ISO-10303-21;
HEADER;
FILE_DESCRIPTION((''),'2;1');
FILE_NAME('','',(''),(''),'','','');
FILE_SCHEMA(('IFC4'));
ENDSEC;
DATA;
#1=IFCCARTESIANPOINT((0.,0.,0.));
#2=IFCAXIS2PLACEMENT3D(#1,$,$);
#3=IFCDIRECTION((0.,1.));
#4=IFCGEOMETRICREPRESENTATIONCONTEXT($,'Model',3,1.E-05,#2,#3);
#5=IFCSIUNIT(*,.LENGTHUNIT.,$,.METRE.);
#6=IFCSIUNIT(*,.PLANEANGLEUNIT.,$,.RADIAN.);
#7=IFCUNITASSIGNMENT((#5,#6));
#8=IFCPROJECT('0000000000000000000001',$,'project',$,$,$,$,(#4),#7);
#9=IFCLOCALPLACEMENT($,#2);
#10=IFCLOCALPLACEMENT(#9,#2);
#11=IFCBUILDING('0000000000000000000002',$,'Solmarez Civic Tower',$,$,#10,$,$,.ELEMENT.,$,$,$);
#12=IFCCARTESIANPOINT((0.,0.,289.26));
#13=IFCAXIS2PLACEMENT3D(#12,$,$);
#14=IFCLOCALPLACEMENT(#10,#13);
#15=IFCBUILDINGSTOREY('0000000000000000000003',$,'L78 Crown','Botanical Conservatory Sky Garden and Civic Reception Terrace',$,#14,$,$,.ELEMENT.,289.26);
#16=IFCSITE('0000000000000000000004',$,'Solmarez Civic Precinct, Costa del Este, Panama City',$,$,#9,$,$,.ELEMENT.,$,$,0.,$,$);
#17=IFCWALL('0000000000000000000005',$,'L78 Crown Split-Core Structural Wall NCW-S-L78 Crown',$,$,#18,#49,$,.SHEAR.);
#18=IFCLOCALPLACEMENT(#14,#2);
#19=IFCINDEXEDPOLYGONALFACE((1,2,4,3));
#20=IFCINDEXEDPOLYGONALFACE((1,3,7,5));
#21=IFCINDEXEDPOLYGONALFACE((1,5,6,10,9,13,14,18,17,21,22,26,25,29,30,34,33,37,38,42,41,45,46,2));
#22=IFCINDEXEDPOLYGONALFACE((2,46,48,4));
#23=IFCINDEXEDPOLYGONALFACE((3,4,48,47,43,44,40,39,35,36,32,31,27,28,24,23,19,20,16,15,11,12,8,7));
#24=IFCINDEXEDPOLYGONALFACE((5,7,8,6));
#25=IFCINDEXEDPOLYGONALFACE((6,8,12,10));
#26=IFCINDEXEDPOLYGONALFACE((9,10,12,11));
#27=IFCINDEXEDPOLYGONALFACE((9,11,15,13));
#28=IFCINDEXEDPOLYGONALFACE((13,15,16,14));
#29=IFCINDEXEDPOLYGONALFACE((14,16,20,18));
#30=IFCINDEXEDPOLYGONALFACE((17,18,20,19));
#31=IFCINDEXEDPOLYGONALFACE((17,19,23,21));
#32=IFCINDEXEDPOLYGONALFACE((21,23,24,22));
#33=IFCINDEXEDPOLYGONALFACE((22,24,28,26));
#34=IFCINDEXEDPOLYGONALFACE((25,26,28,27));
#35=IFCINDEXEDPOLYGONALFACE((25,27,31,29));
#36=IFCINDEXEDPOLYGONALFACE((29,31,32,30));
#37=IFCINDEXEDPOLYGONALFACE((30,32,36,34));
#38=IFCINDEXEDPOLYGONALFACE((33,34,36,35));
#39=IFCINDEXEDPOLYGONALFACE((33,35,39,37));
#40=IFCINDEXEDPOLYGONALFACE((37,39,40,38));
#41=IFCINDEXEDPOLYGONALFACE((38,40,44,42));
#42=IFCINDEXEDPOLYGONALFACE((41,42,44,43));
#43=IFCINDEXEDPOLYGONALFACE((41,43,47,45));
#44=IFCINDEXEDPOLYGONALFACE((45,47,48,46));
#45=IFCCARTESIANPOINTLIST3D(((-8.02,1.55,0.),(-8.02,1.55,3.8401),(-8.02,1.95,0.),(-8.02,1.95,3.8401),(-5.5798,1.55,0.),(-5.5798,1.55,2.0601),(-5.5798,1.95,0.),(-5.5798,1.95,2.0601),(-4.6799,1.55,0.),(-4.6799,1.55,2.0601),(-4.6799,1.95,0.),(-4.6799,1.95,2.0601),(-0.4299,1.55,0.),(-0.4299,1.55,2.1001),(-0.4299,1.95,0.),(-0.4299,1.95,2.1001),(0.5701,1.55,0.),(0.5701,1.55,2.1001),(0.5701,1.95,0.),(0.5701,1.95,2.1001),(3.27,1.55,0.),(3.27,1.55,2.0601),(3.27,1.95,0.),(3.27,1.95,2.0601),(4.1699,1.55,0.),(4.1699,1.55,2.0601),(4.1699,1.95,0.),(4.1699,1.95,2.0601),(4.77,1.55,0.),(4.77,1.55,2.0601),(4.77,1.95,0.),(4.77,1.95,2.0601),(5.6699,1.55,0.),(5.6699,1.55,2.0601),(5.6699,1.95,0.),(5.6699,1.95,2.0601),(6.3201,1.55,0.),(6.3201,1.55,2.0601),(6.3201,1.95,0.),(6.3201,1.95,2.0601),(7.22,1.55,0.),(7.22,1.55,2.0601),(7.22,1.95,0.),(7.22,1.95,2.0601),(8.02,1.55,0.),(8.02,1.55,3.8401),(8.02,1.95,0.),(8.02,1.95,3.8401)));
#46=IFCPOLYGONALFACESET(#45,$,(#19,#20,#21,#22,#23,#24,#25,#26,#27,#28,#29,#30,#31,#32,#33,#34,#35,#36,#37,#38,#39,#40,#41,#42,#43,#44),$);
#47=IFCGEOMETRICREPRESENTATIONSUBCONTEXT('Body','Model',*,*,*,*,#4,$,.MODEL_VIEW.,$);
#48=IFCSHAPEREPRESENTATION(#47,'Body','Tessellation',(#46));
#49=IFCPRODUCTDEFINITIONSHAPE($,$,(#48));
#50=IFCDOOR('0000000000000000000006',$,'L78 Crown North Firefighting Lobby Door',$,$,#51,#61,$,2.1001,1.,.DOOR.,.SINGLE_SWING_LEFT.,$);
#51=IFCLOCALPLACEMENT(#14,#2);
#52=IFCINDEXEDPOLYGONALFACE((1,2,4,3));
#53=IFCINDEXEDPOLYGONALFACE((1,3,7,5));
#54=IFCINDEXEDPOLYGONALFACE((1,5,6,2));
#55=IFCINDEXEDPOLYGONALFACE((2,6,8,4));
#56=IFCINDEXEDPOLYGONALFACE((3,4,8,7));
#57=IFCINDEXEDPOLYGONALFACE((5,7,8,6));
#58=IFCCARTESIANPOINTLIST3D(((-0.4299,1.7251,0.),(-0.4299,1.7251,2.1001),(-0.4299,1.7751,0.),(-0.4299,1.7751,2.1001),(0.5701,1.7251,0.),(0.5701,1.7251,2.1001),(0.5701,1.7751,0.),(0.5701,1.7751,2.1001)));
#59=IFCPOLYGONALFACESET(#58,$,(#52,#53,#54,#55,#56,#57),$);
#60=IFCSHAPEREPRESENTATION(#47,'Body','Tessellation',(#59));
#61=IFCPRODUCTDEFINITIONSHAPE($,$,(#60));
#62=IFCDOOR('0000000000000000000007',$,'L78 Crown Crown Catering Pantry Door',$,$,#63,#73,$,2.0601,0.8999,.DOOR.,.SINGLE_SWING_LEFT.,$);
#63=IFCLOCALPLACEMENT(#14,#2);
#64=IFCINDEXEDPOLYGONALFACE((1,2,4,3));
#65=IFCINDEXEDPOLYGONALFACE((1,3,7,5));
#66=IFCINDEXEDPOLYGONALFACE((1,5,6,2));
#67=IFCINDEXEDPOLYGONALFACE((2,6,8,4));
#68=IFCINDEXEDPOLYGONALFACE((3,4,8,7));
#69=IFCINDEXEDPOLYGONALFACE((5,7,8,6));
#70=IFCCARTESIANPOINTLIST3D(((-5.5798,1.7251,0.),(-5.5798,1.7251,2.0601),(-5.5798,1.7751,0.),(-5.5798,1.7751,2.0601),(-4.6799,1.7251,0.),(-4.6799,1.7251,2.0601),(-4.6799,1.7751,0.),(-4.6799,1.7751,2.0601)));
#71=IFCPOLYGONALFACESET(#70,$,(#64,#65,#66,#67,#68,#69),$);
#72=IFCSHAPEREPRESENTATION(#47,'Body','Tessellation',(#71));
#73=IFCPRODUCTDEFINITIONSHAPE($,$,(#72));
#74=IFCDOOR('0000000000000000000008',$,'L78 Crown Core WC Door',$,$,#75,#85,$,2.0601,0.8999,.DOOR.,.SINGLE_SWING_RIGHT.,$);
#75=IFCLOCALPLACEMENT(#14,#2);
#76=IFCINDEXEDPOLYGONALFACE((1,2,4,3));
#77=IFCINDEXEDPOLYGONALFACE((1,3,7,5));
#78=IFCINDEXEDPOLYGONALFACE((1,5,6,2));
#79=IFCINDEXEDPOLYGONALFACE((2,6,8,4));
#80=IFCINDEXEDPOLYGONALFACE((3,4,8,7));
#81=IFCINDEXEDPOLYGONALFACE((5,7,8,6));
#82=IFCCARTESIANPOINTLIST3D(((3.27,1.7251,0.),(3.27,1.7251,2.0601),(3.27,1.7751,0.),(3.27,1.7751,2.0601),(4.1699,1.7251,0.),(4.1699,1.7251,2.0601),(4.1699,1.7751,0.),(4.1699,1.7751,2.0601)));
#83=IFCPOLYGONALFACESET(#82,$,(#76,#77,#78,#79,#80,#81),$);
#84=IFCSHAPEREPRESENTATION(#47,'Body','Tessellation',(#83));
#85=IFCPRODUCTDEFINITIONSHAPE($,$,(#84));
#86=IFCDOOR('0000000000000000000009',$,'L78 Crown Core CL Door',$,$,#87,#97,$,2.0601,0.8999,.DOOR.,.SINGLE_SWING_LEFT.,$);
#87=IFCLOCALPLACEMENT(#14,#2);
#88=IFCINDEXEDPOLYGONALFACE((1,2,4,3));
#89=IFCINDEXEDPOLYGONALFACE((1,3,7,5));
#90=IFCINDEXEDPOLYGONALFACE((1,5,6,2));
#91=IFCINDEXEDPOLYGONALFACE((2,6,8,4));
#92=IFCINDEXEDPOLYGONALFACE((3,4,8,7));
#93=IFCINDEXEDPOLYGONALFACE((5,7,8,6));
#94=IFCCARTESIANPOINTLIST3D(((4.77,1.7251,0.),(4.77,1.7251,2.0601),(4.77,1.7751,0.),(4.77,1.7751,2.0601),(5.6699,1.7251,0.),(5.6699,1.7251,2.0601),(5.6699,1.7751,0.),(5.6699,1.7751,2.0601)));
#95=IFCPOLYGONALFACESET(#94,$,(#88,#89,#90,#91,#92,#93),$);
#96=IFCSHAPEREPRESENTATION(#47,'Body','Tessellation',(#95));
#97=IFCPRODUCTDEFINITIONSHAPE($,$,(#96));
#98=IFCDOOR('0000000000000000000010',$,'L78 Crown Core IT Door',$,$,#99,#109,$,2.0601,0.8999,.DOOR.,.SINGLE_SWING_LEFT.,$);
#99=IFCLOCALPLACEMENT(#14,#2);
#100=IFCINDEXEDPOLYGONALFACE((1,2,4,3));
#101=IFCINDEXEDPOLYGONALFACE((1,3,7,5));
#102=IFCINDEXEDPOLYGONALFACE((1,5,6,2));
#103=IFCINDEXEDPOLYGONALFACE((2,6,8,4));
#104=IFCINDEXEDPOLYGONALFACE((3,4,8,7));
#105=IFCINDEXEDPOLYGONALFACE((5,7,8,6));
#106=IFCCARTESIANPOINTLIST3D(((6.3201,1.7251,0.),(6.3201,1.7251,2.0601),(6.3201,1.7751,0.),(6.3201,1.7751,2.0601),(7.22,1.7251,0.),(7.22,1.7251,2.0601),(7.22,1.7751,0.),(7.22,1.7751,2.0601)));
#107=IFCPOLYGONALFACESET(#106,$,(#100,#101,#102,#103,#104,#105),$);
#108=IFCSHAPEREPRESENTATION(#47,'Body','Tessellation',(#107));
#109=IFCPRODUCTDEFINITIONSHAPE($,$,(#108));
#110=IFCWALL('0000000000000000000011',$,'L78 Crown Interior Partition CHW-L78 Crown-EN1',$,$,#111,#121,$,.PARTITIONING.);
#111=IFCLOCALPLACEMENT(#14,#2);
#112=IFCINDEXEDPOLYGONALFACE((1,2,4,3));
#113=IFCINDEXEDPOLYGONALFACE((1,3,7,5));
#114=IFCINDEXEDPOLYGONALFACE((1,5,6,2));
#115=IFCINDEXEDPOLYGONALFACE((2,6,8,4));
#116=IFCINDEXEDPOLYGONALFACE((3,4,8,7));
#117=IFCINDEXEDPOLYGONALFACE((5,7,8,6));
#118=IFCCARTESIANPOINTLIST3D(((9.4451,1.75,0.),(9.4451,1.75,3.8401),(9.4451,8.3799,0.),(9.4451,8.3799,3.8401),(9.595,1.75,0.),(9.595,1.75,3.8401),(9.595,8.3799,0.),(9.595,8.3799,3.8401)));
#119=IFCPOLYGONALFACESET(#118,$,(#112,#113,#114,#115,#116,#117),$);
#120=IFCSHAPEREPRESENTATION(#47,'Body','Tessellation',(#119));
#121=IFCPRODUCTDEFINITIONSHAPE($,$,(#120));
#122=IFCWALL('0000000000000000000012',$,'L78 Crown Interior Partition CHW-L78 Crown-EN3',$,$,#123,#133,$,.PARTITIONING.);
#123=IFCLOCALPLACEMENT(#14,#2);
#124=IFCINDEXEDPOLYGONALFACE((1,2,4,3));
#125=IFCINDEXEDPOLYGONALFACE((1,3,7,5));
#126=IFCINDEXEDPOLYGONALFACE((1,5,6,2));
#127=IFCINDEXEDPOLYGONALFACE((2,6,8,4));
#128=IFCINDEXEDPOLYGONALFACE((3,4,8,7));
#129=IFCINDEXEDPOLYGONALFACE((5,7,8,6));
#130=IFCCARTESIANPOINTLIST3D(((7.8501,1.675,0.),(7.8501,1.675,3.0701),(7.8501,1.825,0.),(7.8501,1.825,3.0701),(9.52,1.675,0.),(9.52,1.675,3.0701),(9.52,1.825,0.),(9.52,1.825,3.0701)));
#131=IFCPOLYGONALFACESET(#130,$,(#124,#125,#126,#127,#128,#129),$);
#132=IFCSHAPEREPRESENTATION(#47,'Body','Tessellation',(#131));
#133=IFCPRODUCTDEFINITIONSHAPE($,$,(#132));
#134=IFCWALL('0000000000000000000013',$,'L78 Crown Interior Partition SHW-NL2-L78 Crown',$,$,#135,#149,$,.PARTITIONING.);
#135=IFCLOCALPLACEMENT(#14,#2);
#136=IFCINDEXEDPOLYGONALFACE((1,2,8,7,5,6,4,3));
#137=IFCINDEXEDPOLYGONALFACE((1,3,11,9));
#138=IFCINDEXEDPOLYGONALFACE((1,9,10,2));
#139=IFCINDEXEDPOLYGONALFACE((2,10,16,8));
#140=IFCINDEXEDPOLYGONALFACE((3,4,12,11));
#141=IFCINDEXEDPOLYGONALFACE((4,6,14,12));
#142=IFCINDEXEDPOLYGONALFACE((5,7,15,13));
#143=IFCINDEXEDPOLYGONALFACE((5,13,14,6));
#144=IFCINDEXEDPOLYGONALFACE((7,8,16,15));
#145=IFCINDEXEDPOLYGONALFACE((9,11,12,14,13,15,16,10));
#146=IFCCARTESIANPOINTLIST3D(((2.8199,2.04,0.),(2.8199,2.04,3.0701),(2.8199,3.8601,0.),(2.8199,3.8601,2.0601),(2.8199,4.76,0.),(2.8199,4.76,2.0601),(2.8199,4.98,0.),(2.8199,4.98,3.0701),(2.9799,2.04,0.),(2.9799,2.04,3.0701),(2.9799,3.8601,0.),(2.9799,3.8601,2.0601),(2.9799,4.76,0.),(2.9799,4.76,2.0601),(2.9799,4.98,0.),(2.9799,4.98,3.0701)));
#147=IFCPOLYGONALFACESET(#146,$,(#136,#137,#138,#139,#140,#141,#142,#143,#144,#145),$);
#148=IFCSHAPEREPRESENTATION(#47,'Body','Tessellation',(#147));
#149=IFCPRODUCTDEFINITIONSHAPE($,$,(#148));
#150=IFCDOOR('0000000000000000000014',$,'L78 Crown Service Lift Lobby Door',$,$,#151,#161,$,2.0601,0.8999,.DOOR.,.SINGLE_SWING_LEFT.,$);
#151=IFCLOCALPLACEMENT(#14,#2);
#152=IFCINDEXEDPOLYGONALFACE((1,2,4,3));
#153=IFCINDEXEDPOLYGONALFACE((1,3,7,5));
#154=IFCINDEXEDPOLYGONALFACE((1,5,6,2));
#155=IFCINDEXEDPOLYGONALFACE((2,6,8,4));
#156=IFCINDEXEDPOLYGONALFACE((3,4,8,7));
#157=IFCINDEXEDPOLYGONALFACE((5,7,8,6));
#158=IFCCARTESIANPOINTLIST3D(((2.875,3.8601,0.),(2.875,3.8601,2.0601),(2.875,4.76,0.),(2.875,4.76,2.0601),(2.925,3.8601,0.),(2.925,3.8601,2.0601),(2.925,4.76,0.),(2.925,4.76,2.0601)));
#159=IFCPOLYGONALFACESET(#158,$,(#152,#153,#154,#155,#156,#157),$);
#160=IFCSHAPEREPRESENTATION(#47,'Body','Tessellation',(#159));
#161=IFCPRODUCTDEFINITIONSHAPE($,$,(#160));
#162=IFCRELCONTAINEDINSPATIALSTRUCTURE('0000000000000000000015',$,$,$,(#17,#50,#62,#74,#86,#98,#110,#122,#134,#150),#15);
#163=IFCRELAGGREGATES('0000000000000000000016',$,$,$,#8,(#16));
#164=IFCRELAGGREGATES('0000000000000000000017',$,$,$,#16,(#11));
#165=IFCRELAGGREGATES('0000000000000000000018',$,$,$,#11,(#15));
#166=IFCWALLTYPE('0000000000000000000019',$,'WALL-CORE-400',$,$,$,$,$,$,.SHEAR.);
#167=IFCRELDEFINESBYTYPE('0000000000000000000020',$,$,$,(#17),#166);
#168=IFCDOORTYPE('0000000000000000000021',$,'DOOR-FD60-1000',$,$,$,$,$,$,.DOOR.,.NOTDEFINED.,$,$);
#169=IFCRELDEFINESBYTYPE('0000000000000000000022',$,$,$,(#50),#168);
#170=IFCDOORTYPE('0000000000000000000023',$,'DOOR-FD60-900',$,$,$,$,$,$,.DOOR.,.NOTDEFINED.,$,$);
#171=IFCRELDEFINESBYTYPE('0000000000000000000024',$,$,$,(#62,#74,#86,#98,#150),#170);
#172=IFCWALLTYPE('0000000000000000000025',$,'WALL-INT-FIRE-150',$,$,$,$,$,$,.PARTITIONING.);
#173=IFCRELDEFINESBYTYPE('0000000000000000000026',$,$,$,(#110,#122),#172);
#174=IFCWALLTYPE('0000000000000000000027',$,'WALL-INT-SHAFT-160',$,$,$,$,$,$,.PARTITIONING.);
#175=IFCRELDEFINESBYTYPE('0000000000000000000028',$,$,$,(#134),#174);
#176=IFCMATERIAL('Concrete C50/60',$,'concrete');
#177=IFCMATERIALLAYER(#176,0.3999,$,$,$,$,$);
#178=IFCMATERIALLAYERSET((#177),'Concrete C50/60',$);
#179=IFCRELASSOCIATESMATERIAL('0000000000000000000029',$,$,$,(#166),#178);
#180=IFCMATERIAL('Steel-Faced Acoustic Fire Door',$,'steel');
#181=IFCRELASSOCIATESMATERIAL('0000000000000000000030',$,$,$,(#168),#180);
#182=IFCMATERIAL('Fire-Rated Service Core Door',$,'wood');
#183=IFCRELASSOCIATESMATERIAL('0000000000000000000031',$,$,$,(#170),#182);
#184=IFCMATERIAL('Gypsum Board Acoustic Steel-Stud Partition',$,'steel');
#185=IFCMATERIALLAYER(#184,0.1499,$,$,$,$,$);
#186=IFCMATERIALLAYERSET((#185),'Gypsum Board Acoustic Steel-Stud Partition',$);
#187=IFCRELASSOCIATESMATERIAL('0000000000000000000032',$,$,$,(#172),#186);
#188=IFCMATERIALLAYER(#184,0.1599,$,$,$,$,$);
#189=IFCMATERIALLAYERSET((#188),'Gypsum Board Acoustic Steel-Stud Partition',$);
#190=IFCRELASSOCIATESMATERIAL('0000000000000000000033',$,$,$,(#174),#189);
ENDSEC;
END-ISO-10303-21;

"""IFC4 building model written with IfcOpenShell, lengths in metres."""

from ifc_helpers import new_model, si_unit, direction, frame, frame_2d, origin, place, context, subcontext, project, spatial, rectangle, extrude, material, layer, layer_set, type_object, element, fill, save


model = new_model("IFC4")

# Units and contexts
model_context = context("Model", 3, precision=1e-05, world=origin(), true_north=direction((0.0, 1.0)))
body_context = subcontext(model_context, "Body", "Model", "MODEL_VIEW")
ifc_project = project(units=[si_unit("LENGTHUNIT", "METRE"), si_unit("PLANEANGLEUNIT", "RADIAN")], contexts=[model_context])

# Site, building, storey
site_placement = place(None, origin())
site = spatial("IfcSite", under=ifc_project, at=site_placement, Name="Solmarez Civic Precinct, Costa del Este, Panama City", CompositionType="ELEMENT", RefElevation=0.0)
building_placement = place(site_placement, origin())
building = spatial("IfcBuilding", under=site, at=building_placement, Name="Solmarez Civic Tower", CompositionType="ELEMENT")
storey_placement = place(building_placement, frame((0.0, 0.0, 289.26)))
storey = spatial("IfcBuildingStorey", under=building, at=storey_placement, Name="L78 Crown", Description="Botanical Conservatory Sky Garden and Civic Reception Terrace", CompositionType="ELEMENT", Elevation=289.26)

# Shared definitions
ifc_material_1 = material(Name="Concrete C50/60", Category="concrete")

# Wall, openings, doors
ifc_layer_1 = layer(ifc_material_1, 0.3999)
ifc_layer_set_1 = layer_set([ifc_layer_1], Name="Concrete C50/60")
wall_type_1 = type_object("IfcWallType", Name="WALL-CORE-400", PredefinedType="SHEAR", material=ifc_layer_set_1)
wall_1_placement = place(storey_placement, frame((8.02, 1.75, 0.0), z_axis=(0.0, 0.0, 1.0), x_axis=(-1.0, 0.0, 0.0)))
wall_1 = element("IfcWall", 1, at=wall_1_placement, inside=storey, type_object=wall_type_1, Name="L78 Crown Split-Core Structural Wall NCW-S-L78 Crown", PredefinedType="SHEAR", context=body_context, shape_type="SweptSolid", body=[
    extrude(rectangle(XDim=16.04, YDim=0.3999, at=frame_2d((8.02, 0.0))), origin(), (0.0, 0.0, 1.0), 3.8401),
])
opening_1_placement = place(wall_1_placement, frame((7.45, 0.0, 0.0)))
opening_1 = element("IfcOpeningElement", 2, at=opening_1_placement, cuts=wall_1, PredefinedType="OPENING", context=body_context, shape_type="SweptSolid", body=[
    extrude(rectangle(XDim=1.0, YDim=2.1001, at=frame_2d((0.5, 1.05))), frame((0.0, 0.21, 0.0), z_axis=(0.0, -1.0, 0.0), x_axis=(1.0, 0.0, 0.0)), (0.0, 0.0, 1.0), 0.4199),
])
opening_2_placement = place(wall_1_placement, frame((12.7, 0.0, 0.0)))
opening_2 = element("IfcOpeningElement", 3, at=opening_2_placement, cuts=wall_1, PredefinedType="OPENING", context=body_context, shape_type="SweptSolid", body=[
    extrude(rectangle(XDim=0.8999, YDim=2.0601, at=frame_2d((0.45, 1.03))), frame((0.0, 0.21, 0.0), z_axis=(0.0, -1.0, 0.0), x_axis=(1.0, 0.0, 0.0)), (0.0, 0.0, 1.0), 0.4199),
])
opening_3_placement = place(wall_1_placement, frame((3.8501, 0.0, 0.0)))
opening_3 = element("IfcOpeningElement", 4, at=opening_3_placement, cuts=wall_1, PredefinedType="OPENING", context=body_context, shape_type="SweptSolid", body=[
    extrude(rectangle(XDim=0.8999, YDim=2.0601, at=frame_2d((0.45, 1.03))), frame((0.0, 0.21, 0.0), z_axis=(0.0, -1.0, 0.0), x_axis=(1.0, 0.0, 0.0)), (0.0, 0.0, 1.0), 0.4199),
])
opening_4_placement = place(wall_1_placement, frame((2.3501, 0.0, 0.0)))
opening_4 = element("IfcOpeningElement", 5, at=opening_4_placement, cuts=wall_1, PredefinedType="OPENING", context=body_context, shape_type="SweptSolid", body=[
    extrude(rectangle(XDim=0.8999, YDim=2.0601, at=frame_2d((0.45, 1.03))), frame((0.0, 0.21, 0.0), z_axis=(0.0, -1.0, 0.0), x_axis=(1.0, 0.0, 0.0)), (0.0, 0.0, 1.0), 0.4199),
])
opening_5_placement = place(wall_1_placement, frame((0.8, 0.0, 0.0)))
opening_5 = element("IfcOpeningElement", 6, at=opening_5_placement, cuts=wall_1, PredefinedType="OPENING", context=body_context, shape_type="SweptSolid", body=[
    extrude(rectangle(XDim=0.8999, YDim=2.0601, at=frame_2d((0.45, 1.03))), frame((0.0, 0.21, 0.0), z_axis=(0.0, -1.0, 0.0), x_axis=(1.0, 0.0, 0.0)), (0.0, 0.0, 1.0), 0.4199),
])
ifc_material_2 = material(Name="Steel-Faced Acoustic Fire Door", Category="steel")
door_type_1 = type_object("IfcDoorType", Name="DOOR-FD60-1000", OperationType="NOTDEFINED", PredefinedType="DOOR", material=ifc_material_2)
door_1_placement = place(opening_1_placement, origin())
door_1 = element("IfcDoor", 7, at=door_1_placement, inside=storey, type_object=door_type_1, Name="L78 Crown North Firefighting Lobby Door", OperationType="SINGLE_SWING_LEFT", OverallHeight=2.1001, OverallWidth=1.0, PredefinedType="DOOR", context=body_context, shape_type="SweptSolid", body=[
    extrude(rectangle(XDim=1.0, YDim=2.1001, at=frame_2d((0.5, 1.05))), frame((0.0, 0.0249, 0.0), z_axis=(0.0, -1.0, 0.0), x_axis=(1.0, 0.0, 0.0)), (0.0, 0.0, 1.0), 0.05),
])
fill(opening_1, door_1)
ifc_material_3 = material(Name="Fire-Rated Service Core Door", Category="wood")
door_type_2 = type_object("IfcDoorType", Name="DOOR-FD60-900", OperationType="NOTDEFINED", PredefinedType="DOOR", material=ifc_material_3)
door_2_placement = place(opening_2_placement, origin())
door_2 = element("IfcDoor", 8, at=door_2_placement, inside=storey, type_object=door_type_2, Name="L78 Crown Crown Catering Pantry Door", OperationType="SINGLE_SWING_LEFT", OverallHeight=2.0601, OverallWidth=0.8999, PredefinedType="DOOR", context=body_context, shape_type="SweptSolid", body=[
    extrude(rectangle(XDim=0.8999, YDim=2.0601, at=frame_2d((0.45, 1.03))), frame((0.0, 0.0249, 0.0), z_axis=(0.0, -1.0, 0.0), x_axis=(1.0, 0.0, 0.0)), (0.0, 0.0, 1.0), 0.05),
])
fill(opening_2, door_2)
door_3_placement = place(opening_3_placement, origin())
door_3 = element("IfcDoor", 9, at=door_3_placement, inside=storey, type_object=door_type_2, Name="L78 Crown Core WC Door", OperationType="SINGLE_SWING_RIGHT", OverallHeight=2.0601, OverallWidth=0.8999, PredefinedType="DOOR", context=body_context, shape_type="SweptSolid", body=[
    extrude(rectangle(XDim=0.8999, YDim=2.0601, at=frame_2d((0.45, 1.03))), frame((0.0, 0.0249, 0.0), z_axis=(0.0, -1.0, 0.0), x_axis=(1.0, 0.0, 0.0)), (0.0, 0.0, 1.0), 0.05),
])
fill(opening_3, door_3)
door_4_placement = place(opening_4_placement, origin())
door_4 = element("IfcDoor", 10, at=door_4_placement, inside=storey, type_object=door_type_2, Name="L78 Crown Core CL Door", OperationType="SINGLE_SWING_LEFT", OverallHeight=2.0601, OverallWidth=0.8999, PredefinedType="DOOR", context=body_context, shape_type="SweptSolid", body=[
    extrude(rectangle(XDim=0.8999, YDim=2.0601, at=frame_2d((0.45, 1.03))), frame((0.0, 0.0249, 0.0), z_axis=(0.0, -1.0, 0.0), x_axis=(1.0, 0.0, 0.0)), (0.0, 0.0, 1.0), 0.05),
])
fill(opening_4, door_4)
door_5_placement = place(opening_5_placement, origin())
door_5 = element("IfcDoor", 11, at=door_5_placement, inside=storey, type_object=door_type_2, Name="L78 Crown Core IT Door", OperationType="SINGLE_SWING_LEFT", OverallHeight=2.0601, OverallWidth=0.8999, PredefinedType="DOOR", context=body_context, shape_type="SweptSolid", body=[
    extrude(rectangle(XDim=0.8999, YDim=2.0601, at=frame_2d((0.45, 1.03))), frame((0.0, 0.0249, 0.0), z_axis=(0.0, -1.0, 0.0), x_axis=(1.0, 0.0, 0.0)), (0.0, 0.0, 1.0), 0.05),
])
fill(opening_5, door_5)

# Walls
ifc_material_4 = material(Name="Gypsum Board Acoustic Steel-Stud Partition", Category="steel")
ifc_layer_2 = layer(ifc_material_4, 0.1499)
ifc_layer_set_2 = layer_set([ifc_layer_2], Name="Gypsum Board Acoustic Steel-Stud Partition")
wall_type_2 = type_object("IfcWallType", Name="WALL-INT-FIRE-150", PredefinedType="PARTITIONING", material=ifc_layer_set_2)
wall_2_placement = place(storey_placement, frame((9.52, 1.75, 0.0), z_axis=(0.0, 0.0, 1.0), x_axis=(0.0, 1.0, 0.0)))
element("IfcWall", 12, at=wall_2_placement, inside=storey, type_object=wall_type_2, Name="L78 Crown Interior Partition CHW-L78 Crown-EN1", PredefinedType="PARTITIONING", context=body_context, shape_type="SweptSolid", body=[
    extrude(rectangle(XDim=6.6299, YDim=0.1499, at=frame_2d((3.3149, 0.0))), origin(), (0.0, 0.0, 1.0), 3.8401),
])
wall_3_placement = place(storey_placement, frame((7.8501, 1.75, 0.0), z_axis=(0.0, 0.0, 1.0), x_axis=(1.0, 0.0, 0.0)))
element("IfcWall", 13, at=wall_3_placement, inside=storey, type_object=wall_type_2, Name="L78 Crown Interior Partition CHW-L78 Crown-EN3", PredefinedType="PARTITIONING", context=body_context, shape_type="SweptSolid", body=[
    extrude(rectangle(XDim=1.6699, YDim=0.1499, at=frame_2d((0.835, 0.0))), origin(), (0.0, 0.0, 1.0), 3.0701),
])

# Wall, opening, door
ifc_layer_3 = layer(ifc_material_4, 0.1599)
ifc_layer_set_3 = layer_set([ifc_layer_3], Name="Gypsum Board Acoustic Steel-Stud Partition")
wall_type_3 = type_object("IfcWallType", Name="WALL-INT-SHAFT-160", PredefinedType="PARTITIONING", material=ifc_layer_set_3)
wall_4_placement = place(storey_placement, frame((2.8999, 2.04, 0.0), z_axis=(0.0, 0.0, 1.0), x_axis=(0.0, 1.0, 0.0)))
wall_4 = element("IfcWall", 14, at=wall_4_placement, inside=storey, type_object=wall_type_3, Name="L78 Crown Interior Partition SHW-NL2-L78 Crown", PredefinedType="PARTITIONING", context=body_context, shape_type="SweptSolid", body=[
    extrude(rectangle(XDim=2.9399, YDim=0.1599, at=frame_2d((1.47, 0.0))), origin(), (0.0, 0.0, 1.0), 3.0701),
])
opening_6_placement = place(wall_4_placement, frame((1.8201, 0.0, 0.0)))
opening_6 = element("IfcOpeningElement", 15, at=opening_6_placement, cuts=wall_4, PredefinedType="OPENING", context=body_context, shape_type="SweptSolid", body=[
    extrude(rectangle(XDim=0.8999, YDim=2.0601, at=frame_2d((0.45, 1.03))), frame((0.0, 0.0898, 0.0), z_axis=(0.0, -1.0, 0.0), x_axis=(1.0, 0.0, 0.0)), (0.0, 0.0, 1.0), 0.1799),
])
door_6_placement = place(opening_6_placement, origin())
door_6 = element("IfcDoor", 16, at=door_6_placement, inside=storey, type_object=door_type_2, Name="L78 Crown Service Lift Lobby Door", OperationType="SINGLE_SWING_LEFT", OverallHeight=2.0601, OverallWidth=0.8999, PredefinedType="DOOR", context=body_context, shape_type="SweptSolid", body=[
    extrude(rectangle(XDim=0.8999, YDim=2.0601, at=frame_2d((0.45, 1.03))), frame((0.0, 0.0249, 0.0), z_axis=(0.0, -1.0, 0.0), x_axis=(1.0, 0.0, 0.0)), (0.0, 0.0, 1.0), 0.05),
])
fill(opening_6, door_6)

save(model, "model.ifc")
